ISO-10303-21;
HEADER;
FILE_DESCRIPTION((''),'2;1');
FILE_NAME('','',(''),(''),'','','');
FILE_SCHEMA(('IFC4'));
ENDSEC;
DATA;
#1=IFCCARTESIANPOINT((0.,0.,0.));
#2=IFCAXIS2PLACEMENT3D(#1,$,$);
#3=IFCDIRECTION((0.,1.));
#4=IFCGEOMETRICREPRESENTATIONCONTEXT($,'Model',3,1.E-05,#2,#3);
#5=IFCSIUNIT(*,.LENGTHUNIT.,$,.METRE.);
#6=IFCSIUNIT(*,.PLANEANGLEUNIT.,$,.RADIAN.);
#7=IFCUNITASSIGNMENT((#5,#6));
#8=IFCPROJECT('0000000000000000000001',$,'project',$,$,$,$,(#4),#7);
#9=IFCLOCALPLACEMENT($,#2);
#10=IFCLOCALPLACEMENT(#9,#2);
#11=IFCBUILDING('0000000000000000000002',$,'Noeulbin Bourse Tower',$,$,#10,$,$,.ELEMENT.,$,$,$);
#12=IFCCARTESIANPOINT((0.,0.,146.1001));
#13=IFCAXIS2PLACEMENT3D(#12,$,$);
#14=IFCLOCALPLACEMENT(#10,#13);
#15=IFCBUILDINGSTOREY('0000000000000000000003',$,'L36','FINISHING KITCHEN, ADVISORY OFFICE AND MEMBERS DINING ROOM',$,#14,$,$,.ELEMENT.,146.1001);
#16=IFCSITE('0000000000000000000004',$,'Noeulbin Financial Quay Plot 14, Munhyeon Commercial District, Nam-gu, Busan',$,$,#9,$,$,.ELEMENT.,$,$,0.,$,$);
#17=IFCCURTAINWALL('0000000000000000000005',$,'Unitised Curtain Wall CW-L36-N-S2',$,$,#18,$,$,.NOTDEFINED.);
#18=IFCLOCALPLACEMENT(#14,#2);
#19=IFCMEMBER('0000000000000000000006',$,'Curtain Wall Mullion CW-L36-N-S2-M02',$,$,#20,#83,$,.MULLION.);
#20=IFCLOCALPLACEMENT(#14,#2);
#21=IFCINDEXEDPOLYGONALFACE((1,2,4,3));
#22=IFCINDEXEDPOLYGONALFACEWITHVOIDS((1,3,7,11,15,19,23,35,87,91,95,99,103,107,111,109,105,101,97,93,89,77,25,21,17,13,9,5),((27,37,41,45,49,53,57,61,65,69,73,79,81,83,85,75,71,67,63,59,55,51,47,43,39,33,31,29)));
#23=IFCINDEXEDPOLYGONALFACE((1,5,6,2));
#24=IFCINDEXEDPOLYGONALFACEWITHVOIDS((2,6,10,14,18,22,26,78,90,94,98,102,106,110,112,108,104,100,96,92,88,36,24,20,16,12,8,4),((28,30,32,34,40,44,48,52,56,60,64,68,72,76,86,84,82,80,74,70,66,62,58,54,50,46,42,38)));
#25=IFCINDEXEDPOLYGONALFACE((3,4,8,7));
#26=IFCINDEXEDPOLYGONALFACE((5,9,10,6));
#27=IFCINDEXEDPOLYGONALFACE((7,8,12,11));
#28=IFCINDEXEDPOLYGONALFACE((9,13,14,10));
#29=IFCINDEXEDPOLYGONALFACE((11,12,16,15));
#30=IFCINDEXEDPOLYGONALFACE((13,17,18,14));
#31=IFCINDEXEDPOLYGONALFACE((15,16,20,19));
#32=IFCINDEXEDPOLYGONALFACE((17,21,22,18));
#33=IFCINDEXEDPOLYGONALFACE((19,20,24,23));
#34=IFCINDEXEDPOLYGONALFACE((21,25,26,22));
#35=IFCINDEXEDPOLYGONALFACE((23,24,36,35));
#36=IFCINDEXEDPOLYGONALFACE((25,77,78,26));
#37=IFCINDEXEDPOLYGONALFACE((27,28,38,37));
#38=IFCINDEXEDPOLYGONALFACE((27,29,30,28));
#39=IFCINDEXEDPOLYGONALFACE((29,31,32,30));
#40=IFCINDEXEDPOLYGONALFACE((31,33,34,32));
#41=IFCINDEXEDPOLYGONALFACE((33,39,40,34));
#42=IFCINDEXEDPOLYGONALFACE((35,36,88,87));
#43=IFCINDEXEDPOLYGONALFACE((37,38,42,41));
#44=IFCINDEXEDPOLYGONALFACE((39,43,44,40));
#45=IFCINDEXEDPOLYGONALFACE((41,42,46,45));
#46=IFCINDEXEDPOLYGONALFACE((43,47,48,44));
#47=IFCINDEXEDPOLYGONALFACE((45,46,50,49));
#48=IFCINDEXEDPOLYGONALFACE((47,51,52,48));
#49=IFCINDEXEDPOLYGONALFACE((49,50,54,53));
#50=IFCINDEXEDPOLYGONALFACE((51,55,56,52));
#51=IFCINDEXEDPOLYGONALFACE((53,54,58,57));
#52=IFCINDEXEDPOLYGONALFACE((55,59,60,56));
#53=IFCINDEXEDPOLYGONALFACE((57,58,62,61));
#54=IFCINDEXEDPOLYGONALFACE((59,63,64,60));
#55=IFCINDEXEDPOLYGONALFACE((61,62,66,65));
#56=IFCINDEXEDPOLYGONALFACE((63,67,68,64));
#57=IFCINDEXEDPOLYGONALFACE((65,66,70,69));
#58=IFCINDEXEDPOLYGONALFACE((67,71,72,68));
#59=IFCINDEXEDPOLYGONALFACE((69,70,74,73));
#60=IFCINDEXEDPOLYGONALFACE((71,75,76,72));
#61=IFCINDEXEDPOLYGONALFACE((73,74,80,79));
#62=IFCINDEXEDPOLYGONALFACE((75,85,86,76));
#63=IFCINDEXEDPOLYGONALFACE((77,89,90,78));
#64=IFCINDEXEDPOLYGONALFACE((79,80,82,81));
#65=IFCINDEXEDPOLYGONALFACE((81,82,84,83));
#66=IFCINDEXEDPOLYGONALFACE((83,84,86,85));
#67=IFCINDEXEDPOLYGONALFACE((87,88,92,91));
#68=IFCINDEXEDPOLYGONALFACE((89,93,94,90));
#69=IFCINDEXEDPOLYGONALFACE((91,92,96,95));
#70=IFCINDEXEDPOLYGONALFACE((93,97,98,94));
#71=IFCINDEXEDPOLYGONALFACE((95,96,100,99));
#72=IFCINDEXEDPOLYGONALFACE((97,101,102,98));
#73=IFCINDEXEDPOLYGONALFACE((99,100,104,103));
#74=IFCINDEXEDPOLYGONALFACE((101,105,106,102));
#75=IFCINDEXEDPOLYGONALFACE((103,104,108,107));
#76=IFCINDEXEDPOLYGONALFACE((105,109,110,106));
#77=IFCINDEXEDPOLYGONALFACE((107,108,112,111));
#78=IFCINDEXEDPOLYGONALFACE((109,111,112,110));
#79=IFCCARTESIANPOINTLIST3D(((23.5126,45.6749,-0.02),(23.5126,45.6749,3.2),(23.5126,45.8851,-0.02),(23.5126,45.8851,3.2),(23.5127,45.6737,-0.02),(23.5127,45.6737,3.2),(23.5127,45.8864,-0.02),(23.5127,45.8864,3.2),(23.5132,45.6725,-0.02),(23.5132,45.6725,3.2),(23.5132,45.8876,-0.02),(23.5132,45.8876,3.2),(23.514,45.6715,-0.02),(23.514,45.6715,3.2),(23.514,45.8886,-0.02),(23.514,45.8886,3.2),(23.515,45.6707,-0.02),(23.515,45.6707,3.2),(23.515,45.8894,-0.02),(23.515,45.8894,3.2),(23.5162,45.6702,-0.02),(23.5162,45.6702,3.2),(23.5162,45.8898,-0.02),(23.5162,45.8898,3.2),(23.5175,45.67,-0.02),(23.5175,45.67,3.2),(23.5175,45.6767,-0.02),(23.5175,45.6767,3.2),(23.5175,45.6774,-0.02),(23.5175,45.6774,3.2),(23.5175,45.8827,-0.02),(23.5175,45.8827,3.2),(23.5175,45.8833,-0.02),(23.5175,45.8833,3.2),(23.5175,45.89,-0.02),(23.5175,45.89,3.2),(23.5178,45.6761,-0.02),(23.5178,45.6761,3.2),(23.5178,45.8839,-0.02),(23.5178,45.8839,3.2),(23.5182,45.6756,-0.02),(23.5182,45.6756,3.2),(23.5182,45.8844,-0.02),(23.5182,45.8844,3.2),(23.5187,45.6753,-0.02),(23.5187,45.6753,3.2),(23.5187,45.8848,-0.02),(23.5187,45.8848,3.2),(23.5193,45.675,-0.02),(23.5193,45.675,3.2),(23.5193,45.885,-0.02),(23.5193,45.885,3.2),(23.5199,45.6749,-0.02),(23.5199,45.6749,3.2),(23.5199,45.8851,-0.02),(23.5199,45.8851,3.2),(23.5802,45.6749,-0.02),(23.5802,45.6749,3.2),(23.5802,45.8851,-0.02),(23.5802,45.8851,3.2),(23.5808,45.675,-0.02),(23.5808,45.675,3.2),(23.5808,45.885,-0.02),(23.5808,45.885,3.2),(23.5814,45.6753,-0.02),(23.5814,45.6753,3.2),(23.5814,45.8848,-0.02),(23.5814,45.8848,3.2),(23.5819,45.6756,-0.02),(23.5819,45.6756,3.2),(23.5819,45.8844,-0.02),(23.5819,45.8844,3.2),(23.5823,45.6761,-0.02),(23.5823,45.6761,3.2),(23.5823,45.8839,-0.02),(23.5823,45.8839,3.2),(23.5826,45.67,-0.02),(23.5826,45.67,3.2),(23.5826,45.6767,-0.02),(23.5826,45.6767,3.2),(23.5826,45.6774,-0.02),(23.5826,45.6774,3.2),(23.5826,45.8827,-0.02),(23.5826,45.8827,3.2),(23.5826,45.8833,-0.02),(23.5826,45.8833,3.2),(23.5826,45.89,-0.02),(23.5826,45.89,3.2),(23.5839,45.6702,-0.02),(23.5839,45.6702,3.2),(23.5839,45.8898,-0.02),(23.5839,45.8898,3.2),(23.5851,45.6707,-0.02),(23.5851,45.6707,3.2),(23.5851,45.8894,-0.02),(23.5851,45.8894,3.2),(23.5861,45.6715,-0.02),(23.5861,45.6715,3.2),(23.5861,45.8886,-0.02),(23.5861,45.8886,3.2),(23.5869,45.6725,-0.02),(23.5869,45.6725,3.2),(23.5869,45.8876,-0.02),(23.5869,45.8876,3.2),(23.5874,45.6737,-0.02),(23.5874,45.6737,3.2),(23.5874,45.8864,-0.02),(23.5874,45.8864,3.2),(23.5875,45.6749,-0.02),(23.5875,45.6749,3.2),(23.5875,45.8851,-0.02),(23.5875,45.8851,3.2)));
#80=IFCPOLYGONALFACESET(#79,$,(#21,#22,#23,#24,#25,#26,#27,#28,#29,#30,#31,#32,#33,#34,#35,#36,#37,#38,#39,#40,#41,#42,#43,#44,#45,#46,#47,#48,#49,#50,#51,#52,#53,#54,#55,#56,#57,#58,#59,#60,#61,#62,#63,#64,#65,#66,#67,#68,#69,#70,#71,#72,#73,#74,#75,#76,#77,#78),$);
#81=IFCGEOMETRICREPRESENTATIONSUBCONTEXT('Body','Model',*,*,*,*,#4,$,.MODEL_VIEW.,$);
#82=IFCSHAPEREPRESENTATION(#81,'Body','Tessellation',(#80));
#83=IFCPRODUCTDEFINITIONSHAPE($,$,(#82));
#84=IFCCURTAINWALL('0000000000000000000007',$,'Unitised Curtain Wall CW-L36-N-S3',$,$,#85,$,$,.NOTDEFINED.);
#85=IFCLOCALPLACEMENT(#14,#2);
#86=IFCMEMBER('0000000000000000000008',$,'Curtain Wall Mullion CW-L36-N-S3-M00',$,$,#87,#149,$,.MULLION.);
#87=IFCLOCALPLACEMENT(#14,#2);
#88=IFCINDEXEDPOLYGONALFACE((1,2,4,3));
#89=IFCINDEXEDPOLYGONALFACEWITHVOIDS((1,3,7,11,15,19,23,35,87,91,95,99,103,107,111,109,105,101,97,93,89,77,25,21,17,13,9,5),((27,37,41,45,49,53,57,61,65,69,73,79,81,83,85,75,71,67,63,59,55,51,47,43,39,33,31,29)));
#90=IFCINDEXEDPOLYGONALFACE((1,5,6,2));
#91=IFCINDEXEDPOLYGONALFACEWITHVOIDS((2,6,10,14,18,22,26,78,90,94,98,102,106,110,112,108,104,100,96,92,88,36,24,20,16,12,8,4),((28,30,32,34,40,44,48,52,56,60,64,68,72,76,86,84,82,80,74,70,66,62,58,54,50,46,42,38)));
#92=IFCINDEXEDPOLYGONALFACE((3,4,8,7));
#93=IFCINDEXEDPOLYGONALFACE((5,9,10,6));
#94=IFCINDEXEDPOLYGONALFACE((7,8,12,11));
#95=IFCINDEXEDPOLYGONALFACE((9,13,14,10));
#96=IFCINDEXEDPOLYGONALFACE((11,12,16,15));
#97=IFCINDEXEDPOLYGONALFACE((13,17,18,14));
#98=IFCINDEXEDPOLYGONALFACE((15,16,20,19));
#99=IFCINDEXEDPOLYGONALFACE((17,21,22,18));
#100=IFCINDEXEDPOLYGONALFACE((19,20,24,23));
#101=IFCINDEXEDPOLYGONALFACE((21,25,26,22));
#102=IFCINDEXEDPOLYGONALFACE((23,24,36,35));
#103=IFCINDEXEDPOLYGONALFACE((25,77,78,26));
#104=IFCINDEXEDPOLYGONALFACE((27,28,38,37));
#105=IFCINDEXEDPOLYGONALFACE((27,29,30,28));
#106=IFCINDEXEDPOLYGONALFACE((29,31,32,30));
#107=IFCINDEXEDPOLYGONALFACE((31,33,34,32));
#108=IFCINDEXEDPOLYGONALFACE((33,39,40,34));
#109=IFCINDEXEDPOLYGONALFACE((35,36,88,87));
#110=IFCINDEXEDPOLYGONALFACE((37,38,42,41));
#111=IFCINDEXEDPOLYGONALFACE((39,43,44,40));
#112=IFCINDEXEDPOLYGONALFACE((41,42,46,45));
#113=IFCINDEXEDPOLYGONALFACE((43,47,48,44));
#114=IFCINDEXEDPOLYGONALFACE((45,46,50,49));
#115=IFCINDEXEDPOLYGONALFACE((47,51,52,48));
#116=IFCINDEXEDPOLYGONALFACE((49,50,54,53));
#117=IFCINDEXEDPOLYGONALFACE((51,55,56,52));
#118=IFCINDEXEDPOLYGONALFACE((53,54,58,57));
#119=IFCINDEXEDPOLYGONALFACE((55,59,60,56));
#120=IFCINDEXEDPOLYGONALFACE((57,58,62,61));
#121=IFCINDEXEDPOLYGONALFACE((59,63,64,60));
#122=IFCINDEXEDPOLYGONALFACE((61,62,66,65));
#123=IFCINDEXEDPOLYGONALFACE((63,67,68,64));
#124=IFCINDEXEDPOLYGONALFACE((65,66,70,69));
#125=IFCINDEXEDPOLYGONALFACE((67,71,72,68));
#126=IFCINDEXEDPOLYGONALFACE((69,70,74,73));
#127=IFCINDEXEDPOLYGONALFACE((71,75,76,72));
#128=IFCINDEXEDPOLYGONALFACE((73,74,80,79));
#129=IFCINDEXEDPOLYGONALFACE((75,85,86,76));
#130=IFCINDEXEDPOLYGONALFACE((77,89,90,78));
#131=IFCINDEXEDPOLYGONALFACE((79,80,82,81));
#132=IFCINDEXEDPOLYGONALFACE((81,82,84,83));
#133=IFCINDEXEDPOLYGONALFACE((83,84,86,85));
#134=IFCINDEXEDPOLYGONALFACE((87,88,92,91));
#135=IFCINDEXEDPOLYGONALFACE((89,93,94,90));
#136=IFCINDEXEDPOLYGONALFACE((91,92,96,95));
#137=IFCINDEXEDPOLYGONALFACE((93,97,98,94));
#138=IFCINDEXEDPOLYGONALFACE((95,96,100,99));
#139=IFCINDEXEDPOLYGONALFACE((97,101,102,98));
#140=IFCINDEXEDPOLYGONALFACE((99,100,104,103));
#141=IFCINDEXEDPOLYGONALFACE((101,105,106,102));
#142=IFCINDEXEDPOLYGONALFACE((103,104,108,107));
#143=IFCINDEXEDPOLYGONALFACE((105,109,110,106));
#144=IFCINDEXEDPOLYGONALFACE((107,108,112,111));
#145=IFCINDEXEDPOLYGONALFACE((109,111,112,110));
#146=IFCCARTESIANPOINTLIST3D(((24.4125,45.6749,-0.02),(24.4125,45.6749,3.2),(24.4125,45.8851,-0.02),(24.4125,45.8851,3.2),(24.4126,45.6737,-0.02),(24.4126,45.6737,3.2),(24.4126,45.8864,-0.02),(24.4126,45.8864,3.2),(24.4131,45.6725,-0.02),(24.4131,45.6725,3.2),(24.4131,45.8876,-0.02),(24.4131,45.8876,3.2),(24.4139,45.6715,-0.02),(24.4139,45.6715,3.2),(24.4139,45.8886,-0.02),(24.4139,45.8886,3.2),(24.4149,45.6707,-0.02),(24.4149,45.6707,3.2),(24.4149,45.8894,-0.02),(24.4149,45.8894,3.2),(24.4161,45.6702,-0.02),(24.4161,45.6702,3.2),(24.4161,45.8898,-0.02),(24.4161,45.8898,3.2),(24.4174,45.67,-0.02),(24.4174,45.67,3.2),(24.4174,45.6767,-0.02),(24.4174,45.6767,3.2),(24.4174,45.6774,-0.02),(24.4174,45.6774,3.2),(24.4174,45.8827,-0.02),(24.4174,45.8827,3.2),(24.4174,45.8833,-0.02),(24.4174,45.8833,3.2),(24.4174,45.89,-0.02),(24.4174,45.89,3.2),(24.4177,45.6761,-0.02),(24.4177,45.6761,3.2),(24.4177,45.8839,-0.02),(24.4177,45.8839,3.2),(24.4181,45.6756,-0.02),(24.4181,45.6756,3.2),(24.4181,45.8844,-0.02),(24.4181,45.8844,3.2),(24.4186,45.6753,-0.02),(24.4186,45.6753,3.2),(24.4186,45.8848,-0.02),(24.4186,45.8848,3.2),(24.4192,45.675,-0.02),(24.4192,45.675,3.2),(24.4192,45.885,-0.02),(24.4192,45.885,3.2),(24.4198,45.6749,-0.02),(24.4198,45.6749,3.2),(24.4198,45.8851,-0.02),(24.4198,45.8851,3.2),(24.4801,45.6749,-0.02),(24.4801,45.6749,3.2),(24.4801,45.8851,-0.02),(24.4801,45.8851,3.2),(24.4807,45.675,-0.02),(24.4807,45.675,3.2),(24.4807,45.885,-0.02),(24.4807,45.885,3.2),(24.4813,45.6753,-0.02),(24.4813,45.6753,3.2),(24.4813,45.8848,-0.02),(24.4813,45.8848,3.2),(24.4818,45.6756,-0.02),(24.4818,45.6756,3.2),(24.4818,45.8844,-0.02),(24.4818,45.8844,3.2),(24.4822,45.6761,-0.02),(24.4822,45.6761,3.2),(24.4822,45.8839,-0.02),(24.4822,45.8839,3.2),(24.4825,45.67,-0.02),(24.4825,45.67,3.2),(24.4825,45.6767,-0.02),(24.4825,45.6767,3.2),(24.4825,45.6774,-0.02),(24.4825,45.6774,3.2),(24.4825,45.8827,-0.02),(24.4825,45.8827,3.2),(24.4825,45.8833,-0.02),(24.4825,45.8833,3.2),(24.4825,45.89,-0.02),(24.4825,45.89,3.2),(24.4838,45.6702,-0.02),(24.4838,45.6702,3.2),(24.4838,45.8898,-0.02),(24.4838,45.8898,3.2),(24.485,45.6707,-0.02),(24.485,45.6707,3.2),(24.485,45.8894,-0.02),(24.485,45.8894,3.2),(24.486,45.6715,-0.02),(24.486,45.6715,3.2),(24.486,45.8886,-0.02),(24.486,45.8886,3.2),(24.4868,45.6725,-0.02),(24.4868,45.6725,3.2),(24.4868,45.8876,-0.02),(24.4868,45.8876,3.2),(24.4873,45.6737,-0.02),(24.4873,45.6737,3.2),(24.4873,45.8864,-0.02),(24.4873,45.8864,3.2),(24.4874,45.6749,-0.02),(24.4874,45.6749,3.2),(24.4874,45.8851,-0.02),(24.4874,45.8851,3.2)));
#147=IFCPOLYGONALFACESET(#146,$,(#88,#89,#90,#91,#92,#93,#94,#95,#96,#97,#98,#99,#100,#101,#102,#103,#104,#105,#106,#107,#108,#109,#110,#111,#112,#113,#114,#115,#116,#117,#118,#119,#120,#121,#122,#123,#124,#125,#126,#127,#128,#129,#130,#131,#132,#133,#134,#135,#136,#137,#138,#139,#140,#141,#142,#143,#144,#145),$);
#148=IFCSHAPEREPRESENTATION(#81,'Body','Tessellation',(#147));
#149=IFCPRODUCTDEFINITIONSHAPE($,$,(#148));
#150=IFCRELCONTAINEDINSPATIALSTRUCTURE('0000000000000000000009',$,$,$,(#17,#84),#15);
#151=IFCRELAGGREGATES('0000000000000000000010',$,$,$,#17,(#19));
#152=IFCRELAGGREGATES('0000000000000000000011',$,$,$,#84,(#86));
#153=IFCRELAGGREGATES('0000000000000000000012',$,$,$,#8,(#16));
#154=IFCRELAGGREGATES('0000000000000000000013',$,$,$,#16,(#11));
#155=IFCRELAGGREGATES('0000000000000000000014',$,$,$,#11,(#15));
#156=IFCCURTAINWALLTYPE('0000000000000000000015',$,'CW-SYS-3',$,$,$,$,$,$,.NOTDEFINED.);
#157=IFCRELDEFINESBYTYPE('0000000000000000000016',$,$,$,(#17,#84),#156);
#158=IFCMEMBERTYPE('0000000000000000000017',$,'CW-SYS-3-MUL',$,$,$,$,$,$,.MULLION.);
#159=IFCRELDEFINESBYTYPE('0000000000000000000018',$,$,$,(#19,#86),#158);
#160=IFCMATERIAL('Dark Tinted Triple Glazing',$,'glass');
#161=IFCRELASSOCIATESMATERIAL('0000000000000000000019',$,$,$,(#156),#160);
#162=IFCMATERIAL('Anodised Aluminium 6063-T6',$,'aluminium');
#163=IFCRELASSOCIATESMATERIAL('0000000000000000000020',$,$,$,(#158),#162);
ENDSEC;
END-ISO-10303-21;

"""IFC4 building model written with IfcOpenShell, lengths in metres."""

from ifc_helpers import new_model, si_unit, direction, frame, origin, origin_2d, place, context, subcontext, project, spatial, hollow_rectangle, extrude, material, material_profile, profile_set, type_object, element, aggregate, save


model = new_model("IFC4")

# Units and contexts
model_context = context("Model", 3, precision=1e-05, world=origin(), true_north=direction((0.0, 1.0)))
body_context = subcontext(model_context, "Body", "Model", "MODEL_VIEW")
ifc_project = project(units=[si_unit("LENGTHUNIT", "METRE"), si_unit("PLANEANGLEUNIT", "RADIAN")], contexts=[model_context])

# Site, building, storey
site_placement = place(None, origin())
site = spatial("IfcSite", under=ifc_project, at=site_placement, Name="Noeulbin Financial Quay Plot 14, Munhyeon Commercial District, Nam-gu, Busan", CompositionType="ELEMENT", RefElevation=0.0)
building_placement = place(site_placement, origin())
building = spatial("IfcBuilding", under=site, at=building_placement, Name="Noeulbin Bourse Tower", CompositionType="ELEMENT")
storey_placement = place(building_placement, frame((0.0, 0.0, 146.1001)))
storey = spatial("IfcBuildingStorey", under=building, at=storey_placement, Name="L36", Description="FINISHING KITCHEN, ADVISORY OFFICE AND MEMBERS DINING ROOM", CompositionType="ELEMENT", Elevation=146.1001)

# Curtain walls, members
ifc_material_1 = material(Name="Dark Tinted Triple Glazing", Category="glass")
curtain_wall_type = type_object("IfcCurtainWallType", Name="CW-SYS-3", PredefinedType="NOTDEFINED", material=ifc_material_1)
curtain_wall_1_placement = place(storey_placement, origin())
curtain_wall_1 = element("IfcCurtainWall", 1, at=curtain_wall_1_placement, inside=storey, type_object=curtain_wall_type, Name="Unitised Curtain Wall CW-L36-N-S2", PredefinedType="NOTDEFINED")
ifc_material_2 = material(Name="Anodised Aluminium 6063-T6", Category="aluminium")
ifc_material_profile_1 = material_profile(ifc_material_2, hollow_rectangle(XDim=0.075, YDim=0.22, WallThickness=0.0049, InnerFilletRadius=0.0024, OuterFilletRadius=0.0049, at=origin_2d()), Name="ALU-MULL-75x220x5", Category="LoadBearing")
ifc_profile_set_1 = profile_set([ifc_material_profile_1], Name="Anodised Aluminium 6063-T6")
member_type_1 = type_object("IfcMemberType", Name="CW-SYS-3-MUL", PredefinedType="MULLION", material=ifc_profile_set_1)
member_1_placement = place(storey_placement, frame((23.55, 45.78, -0.02), z_axis=(0.0, 0.0, 1.0), x_axis=(1.0, 0.0, 0.0)))
member_1 = element("IfcMember", 2, at=member_1_placement, type_object=member_type_1, Name="Curtain Wall Mullion CW-L36-N-S2-M02", PredefinedType="MULLION", context=body_context, shape_type="SweptSolid", body=[
    extrude(hollow_rectangle(XDim=0.075, YDim=0.22, WallThickness=0.0049, InnerFilletRadius=0.0024, OuterFilletRadius=0.0049, at=origin_2d()), origin(), (0.0, 0.0, 1.0), 3.22),
])
curtain_wall_2_placement = place(storey_placement, origin())
curtain_wall_2 = element("IfcCurtainWall", 3, at=curtain_wall_2_placement, inside=storey, type_object=curtain_wall_type, Name="Unitised Curtain Wall CW-L36-N-S3", PredefinedType="NOTDEFINED")
member_2_placement = place(storey_placement, frame((24.45, 45.78, -0.02), z_axis=(0.0, 0.0, 1.0), x_axis=(1.0, 0.0, 0.0)))
member_2 = element("IfcMember", 4, at=member_2_placement, type_object=member_type_1, Name="Curtain Wall Mullion CW-L36-N-S3-M00", PredefinedType="MULLION", context=body_context, shape_type="SweptSolid", body=[
    extrude(hollow_rectangle(XDim=0.075, YDim=0.22, WallThickness=0.0049, InnerFilletRadius=0.0024, OuterFilletRadius=0.0049, at=origin_2d()), origin(), (0.0, 0.0, 1.0), 3.22),
])

aggregate(curtain_wall_1, [member_1])
aggregate(curtain_wall_2, [member_2])

save(model, "model.ifc")
